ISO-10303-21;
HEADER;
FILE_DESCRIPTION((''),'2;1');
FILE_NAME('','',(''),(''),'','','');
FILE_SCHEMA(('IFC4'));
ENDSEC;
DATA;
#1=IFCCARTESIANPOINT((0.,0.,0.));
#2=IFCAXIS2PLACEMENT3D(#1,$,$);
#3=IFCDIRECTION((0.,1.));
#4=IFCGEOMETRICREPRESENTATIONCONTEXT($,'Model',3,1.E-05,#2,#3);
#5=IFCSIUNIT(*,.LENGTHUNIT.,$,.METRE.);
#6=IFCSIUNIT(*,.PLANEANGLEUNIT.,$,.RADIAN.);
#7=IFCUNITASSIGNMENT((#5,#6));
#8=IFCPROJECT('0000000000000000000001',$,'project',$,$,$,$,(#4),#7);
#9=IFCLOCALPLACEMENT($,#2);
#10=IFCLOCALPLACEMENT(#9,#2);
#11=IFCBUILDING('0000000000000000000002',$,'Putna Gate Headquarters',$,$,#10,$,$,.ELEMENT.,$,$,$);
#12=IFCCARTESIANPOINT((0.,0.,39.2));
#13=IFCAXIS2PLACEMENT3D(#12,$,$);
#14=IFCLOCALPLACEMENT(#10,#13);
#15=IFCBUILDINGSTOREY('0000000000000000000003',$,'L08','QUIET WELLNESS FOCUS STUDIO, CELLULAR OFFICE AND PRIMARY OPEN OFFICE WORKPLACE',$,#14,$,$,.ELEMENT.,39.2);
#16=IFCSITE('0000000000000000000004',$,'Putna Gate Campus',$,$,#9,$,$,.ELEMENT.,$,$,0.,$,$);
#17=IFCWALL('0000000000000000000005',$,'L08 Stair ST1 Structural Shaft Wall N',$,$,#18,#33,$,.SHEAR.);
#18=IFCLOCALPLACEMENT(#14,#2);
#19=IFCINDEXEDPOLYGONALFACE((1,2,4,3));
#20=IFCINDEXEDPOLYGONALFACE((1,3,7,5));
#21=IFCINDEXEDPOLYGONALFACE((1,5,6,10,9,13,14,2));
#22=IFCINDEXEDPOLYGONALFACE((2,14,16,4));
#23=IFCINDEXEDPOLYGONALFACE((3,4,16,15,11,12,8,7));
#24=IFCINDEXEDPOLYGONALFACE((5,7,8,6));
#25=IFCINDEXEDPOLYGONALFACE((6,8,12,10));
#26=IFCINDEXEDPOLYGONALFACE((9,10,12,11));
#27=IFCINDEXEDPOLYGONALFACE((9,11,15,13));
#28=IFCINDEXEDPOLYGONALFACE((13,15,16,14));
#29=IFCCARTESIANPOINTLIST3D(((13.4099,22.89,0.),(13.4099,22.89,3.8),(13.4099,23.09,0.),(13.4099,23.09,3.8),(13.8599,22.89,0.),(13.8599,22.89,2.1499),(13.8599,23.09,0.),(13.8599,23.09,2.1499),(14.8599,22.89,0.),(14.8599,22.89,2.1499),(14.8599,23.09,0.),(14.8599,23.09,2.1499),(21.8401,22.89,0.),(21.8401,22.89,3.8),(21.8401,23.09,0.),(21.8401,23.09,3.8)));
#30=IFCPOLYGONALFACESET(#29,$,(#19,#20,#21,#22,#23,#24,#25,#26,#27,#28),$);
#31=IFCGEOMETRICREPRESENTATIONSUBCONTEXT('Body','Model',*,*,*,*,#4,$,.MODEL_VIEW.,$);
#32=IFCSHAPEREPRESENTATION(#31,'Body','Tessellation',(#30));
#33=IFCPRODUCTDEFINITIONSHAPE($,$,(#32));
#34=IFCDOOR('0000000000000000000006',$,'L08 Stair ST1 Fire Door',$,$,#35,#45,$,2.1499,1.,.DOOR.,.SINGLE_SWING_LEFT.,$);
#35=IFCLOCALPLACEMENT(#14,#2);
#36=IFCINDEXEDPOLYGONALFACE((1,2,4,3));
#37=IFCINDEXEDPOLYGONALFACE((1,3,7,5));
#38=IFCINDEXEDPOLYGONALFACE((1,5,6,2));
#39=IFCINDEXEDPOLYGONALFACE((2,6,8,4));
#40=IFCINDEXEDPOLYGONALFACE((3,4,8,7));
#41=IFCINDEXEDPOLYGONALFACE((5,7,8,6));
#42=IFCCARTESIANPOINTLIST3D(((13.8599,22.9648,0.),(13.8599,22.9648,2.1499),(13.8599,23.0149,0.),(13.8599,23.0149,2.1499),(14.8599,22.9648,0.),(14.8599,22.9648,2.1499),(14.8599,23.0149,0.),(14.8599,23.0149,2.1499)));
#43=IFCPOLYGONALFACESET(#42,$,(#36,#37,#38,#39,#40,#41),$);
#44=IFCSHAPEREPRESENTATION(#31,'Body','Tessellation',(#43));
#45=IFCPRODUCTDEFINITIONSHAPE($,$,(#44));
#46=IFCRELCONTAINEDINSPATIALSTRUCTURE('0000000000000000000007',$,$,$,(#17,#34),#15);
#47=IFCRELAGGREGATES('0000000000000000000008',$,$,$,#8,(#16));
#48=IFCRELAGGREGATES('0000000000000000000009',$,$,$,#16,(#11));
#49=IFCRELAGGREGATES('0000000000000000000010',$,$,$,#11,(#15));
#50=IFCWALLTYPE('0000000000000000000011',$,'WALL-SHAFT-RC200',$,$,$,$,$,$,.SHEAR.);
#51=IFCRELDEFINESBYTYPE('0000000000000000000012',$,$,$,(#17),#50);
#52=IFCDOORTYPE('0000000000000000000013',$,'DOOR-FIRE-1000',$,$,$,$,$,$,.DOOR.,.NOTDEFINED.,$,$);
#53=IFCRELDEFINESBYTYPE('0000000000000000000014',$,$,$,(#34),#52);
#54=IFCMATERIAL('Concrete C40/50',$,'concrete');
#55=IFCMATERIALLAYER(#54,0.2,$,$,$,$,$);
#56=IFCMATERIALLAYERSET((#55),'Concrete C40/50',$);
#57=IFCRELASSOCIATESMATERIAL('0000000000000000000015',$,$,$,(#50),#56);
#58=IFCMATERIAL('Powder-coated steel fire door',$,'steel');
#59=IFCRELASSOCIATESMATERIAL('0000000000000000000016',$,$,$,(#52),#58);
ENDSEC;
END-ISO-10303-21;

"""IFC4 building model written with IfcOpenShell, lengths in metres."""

from ifc_helpers import new_model, si_unit, direction, frame, frame_2d, origin, place, context, subcontext, project, spatial, rectangle, extrude, material, layer, layer_set, type_object, element, fill, save


model = new_model("IFC4")

# Units and contexts
model_context = context("Model", 3, precision=1e-05, world=origin(), true_north=direction((0.0, 1.0)))
body_context = subcontext(model_context, "Body", "Model", "MODEL_VIEW")
ifc_project = project(units=[si_unit("LENGTHUNIT", "METRE"), si_unit("PLANEANGLEUNIT", "RADIAN")], contexts=[model_context])

# Site, building, storey
site_placement = place(None, origin())
site = spatial("IfcSite", under=ifc_project, at=site_placement, Name="Putna Gate Campus", CompositionType="ELEMENT", RefElevation=0.0)
building_placement = place(site_placement, origin())
building = spatial("IfcBuilding", under=site, at=building_placement, Name="Putna Gate Headquarters", CompositionType="ELEMENT")
storey_placement = place(building_placement, frame((0.0, 0.0, 39.2)))
storey = spatial("IfcBuildingStorey", under=building, at=storey_placement, Name="L08", Description="QUIET WELLNESS FOCUS STUDIO, CELLULAR OFFICE AND PRIMARY OPEN OFFICE WORKPLACE", CompositionType="ELEMENT", Elevation=39.2)

# Shared definitions
ifc_material_1 = material(Name="Concrete C40/50", Category="concrete")

# Wall, opening, door
ifc_layer_1 = layer(ifc_material_1, 0.2)
ifc_layer_set_1 = layer_set([ifc_layer_1], Name="Concrete C40/50")
wall_type_1 = type_object("IfcWallType", Name="WALL-SHAFT-RC200", PredefinedType="SHEAR", material=ifc_layer_set_1)
wall_1_placement = place(storey_placement, frame((13.4099, 22.99, 0.0), z_axis=(0.0, 0.0, 1.0), x_axis=(1.0, 0.0, 0.0)))
wall_1 = element("IfcWall", 1, at=wall_1_placement, inside=storey, type_object=wall_type_1, Name="L08 Stair ST1 Structural Shaft Wall N", PredefinedType="SHEAR", context=body_context, shape_type="SweptSolid", body=[
    extrude(rectangle(XDim=8.4302, YDim=0.2, at=frame_2d((4.2151, 0.0))), origin(), (0.0, 0.0, 1.0), 3.8),
])
opening_1_placement = place(wall_1_placement, frame((0.45, 0.0, 0.0)))
opening_1 = element("IfcOpeningElement", 2, at=opening_1_placement, cuts=wall_1, PredefinedType="OPENING", context=body_context, shape_type="SweptSolid", body=[
    extrude(rectangle(XDim=1.0, YDim=2.1499, at=frame_2d((0.5, 1.075))), frame((0.0, 0.1099, 0.0), z_axis=(0.0, -1.0, 0.0), x_axis=(1.0, 0.0, 0.0)), (0.0, 0.0, 1.0), 0.22),
])
ifc_material_2 = material(Name="Powder-coated steel fire door", Category="steel")
door_type_1 = type_object("IfcDoorType", Name="DOOR-FIRE-1000", OperationType="NOTDEFINED", PredefinedType="DOOR", material=ifc_material_2)
door_1_placement = place(opening_1_placement, origin())
door_1 = element("IfcDoor", 3, at=door_1_placement, inside=storey, type_object=door_type_1, Name="L08 Stair ST1 Fire Door", OperationType="SINGLE_SWING_LEFT", OverallHeight=2.1499, OverallWidth=1.0, PredefinedType="DOOR", context=body_context, shape_type="SweptSolid", body=[
    extrude(rectangle(XDim=1.0, YDim=2.1499, at=frame_2d((0.5, 1.075))), frame((0.0, 0.0249, 0.0), z_axis=(0.0, -1.0, 0.0), x_axis=(1.0, 0.0, 0.0)), (0.0, 0.0, 1.0), 0.05),
])
fill(opening_1, door_1)

save(model, "model.ifc")
